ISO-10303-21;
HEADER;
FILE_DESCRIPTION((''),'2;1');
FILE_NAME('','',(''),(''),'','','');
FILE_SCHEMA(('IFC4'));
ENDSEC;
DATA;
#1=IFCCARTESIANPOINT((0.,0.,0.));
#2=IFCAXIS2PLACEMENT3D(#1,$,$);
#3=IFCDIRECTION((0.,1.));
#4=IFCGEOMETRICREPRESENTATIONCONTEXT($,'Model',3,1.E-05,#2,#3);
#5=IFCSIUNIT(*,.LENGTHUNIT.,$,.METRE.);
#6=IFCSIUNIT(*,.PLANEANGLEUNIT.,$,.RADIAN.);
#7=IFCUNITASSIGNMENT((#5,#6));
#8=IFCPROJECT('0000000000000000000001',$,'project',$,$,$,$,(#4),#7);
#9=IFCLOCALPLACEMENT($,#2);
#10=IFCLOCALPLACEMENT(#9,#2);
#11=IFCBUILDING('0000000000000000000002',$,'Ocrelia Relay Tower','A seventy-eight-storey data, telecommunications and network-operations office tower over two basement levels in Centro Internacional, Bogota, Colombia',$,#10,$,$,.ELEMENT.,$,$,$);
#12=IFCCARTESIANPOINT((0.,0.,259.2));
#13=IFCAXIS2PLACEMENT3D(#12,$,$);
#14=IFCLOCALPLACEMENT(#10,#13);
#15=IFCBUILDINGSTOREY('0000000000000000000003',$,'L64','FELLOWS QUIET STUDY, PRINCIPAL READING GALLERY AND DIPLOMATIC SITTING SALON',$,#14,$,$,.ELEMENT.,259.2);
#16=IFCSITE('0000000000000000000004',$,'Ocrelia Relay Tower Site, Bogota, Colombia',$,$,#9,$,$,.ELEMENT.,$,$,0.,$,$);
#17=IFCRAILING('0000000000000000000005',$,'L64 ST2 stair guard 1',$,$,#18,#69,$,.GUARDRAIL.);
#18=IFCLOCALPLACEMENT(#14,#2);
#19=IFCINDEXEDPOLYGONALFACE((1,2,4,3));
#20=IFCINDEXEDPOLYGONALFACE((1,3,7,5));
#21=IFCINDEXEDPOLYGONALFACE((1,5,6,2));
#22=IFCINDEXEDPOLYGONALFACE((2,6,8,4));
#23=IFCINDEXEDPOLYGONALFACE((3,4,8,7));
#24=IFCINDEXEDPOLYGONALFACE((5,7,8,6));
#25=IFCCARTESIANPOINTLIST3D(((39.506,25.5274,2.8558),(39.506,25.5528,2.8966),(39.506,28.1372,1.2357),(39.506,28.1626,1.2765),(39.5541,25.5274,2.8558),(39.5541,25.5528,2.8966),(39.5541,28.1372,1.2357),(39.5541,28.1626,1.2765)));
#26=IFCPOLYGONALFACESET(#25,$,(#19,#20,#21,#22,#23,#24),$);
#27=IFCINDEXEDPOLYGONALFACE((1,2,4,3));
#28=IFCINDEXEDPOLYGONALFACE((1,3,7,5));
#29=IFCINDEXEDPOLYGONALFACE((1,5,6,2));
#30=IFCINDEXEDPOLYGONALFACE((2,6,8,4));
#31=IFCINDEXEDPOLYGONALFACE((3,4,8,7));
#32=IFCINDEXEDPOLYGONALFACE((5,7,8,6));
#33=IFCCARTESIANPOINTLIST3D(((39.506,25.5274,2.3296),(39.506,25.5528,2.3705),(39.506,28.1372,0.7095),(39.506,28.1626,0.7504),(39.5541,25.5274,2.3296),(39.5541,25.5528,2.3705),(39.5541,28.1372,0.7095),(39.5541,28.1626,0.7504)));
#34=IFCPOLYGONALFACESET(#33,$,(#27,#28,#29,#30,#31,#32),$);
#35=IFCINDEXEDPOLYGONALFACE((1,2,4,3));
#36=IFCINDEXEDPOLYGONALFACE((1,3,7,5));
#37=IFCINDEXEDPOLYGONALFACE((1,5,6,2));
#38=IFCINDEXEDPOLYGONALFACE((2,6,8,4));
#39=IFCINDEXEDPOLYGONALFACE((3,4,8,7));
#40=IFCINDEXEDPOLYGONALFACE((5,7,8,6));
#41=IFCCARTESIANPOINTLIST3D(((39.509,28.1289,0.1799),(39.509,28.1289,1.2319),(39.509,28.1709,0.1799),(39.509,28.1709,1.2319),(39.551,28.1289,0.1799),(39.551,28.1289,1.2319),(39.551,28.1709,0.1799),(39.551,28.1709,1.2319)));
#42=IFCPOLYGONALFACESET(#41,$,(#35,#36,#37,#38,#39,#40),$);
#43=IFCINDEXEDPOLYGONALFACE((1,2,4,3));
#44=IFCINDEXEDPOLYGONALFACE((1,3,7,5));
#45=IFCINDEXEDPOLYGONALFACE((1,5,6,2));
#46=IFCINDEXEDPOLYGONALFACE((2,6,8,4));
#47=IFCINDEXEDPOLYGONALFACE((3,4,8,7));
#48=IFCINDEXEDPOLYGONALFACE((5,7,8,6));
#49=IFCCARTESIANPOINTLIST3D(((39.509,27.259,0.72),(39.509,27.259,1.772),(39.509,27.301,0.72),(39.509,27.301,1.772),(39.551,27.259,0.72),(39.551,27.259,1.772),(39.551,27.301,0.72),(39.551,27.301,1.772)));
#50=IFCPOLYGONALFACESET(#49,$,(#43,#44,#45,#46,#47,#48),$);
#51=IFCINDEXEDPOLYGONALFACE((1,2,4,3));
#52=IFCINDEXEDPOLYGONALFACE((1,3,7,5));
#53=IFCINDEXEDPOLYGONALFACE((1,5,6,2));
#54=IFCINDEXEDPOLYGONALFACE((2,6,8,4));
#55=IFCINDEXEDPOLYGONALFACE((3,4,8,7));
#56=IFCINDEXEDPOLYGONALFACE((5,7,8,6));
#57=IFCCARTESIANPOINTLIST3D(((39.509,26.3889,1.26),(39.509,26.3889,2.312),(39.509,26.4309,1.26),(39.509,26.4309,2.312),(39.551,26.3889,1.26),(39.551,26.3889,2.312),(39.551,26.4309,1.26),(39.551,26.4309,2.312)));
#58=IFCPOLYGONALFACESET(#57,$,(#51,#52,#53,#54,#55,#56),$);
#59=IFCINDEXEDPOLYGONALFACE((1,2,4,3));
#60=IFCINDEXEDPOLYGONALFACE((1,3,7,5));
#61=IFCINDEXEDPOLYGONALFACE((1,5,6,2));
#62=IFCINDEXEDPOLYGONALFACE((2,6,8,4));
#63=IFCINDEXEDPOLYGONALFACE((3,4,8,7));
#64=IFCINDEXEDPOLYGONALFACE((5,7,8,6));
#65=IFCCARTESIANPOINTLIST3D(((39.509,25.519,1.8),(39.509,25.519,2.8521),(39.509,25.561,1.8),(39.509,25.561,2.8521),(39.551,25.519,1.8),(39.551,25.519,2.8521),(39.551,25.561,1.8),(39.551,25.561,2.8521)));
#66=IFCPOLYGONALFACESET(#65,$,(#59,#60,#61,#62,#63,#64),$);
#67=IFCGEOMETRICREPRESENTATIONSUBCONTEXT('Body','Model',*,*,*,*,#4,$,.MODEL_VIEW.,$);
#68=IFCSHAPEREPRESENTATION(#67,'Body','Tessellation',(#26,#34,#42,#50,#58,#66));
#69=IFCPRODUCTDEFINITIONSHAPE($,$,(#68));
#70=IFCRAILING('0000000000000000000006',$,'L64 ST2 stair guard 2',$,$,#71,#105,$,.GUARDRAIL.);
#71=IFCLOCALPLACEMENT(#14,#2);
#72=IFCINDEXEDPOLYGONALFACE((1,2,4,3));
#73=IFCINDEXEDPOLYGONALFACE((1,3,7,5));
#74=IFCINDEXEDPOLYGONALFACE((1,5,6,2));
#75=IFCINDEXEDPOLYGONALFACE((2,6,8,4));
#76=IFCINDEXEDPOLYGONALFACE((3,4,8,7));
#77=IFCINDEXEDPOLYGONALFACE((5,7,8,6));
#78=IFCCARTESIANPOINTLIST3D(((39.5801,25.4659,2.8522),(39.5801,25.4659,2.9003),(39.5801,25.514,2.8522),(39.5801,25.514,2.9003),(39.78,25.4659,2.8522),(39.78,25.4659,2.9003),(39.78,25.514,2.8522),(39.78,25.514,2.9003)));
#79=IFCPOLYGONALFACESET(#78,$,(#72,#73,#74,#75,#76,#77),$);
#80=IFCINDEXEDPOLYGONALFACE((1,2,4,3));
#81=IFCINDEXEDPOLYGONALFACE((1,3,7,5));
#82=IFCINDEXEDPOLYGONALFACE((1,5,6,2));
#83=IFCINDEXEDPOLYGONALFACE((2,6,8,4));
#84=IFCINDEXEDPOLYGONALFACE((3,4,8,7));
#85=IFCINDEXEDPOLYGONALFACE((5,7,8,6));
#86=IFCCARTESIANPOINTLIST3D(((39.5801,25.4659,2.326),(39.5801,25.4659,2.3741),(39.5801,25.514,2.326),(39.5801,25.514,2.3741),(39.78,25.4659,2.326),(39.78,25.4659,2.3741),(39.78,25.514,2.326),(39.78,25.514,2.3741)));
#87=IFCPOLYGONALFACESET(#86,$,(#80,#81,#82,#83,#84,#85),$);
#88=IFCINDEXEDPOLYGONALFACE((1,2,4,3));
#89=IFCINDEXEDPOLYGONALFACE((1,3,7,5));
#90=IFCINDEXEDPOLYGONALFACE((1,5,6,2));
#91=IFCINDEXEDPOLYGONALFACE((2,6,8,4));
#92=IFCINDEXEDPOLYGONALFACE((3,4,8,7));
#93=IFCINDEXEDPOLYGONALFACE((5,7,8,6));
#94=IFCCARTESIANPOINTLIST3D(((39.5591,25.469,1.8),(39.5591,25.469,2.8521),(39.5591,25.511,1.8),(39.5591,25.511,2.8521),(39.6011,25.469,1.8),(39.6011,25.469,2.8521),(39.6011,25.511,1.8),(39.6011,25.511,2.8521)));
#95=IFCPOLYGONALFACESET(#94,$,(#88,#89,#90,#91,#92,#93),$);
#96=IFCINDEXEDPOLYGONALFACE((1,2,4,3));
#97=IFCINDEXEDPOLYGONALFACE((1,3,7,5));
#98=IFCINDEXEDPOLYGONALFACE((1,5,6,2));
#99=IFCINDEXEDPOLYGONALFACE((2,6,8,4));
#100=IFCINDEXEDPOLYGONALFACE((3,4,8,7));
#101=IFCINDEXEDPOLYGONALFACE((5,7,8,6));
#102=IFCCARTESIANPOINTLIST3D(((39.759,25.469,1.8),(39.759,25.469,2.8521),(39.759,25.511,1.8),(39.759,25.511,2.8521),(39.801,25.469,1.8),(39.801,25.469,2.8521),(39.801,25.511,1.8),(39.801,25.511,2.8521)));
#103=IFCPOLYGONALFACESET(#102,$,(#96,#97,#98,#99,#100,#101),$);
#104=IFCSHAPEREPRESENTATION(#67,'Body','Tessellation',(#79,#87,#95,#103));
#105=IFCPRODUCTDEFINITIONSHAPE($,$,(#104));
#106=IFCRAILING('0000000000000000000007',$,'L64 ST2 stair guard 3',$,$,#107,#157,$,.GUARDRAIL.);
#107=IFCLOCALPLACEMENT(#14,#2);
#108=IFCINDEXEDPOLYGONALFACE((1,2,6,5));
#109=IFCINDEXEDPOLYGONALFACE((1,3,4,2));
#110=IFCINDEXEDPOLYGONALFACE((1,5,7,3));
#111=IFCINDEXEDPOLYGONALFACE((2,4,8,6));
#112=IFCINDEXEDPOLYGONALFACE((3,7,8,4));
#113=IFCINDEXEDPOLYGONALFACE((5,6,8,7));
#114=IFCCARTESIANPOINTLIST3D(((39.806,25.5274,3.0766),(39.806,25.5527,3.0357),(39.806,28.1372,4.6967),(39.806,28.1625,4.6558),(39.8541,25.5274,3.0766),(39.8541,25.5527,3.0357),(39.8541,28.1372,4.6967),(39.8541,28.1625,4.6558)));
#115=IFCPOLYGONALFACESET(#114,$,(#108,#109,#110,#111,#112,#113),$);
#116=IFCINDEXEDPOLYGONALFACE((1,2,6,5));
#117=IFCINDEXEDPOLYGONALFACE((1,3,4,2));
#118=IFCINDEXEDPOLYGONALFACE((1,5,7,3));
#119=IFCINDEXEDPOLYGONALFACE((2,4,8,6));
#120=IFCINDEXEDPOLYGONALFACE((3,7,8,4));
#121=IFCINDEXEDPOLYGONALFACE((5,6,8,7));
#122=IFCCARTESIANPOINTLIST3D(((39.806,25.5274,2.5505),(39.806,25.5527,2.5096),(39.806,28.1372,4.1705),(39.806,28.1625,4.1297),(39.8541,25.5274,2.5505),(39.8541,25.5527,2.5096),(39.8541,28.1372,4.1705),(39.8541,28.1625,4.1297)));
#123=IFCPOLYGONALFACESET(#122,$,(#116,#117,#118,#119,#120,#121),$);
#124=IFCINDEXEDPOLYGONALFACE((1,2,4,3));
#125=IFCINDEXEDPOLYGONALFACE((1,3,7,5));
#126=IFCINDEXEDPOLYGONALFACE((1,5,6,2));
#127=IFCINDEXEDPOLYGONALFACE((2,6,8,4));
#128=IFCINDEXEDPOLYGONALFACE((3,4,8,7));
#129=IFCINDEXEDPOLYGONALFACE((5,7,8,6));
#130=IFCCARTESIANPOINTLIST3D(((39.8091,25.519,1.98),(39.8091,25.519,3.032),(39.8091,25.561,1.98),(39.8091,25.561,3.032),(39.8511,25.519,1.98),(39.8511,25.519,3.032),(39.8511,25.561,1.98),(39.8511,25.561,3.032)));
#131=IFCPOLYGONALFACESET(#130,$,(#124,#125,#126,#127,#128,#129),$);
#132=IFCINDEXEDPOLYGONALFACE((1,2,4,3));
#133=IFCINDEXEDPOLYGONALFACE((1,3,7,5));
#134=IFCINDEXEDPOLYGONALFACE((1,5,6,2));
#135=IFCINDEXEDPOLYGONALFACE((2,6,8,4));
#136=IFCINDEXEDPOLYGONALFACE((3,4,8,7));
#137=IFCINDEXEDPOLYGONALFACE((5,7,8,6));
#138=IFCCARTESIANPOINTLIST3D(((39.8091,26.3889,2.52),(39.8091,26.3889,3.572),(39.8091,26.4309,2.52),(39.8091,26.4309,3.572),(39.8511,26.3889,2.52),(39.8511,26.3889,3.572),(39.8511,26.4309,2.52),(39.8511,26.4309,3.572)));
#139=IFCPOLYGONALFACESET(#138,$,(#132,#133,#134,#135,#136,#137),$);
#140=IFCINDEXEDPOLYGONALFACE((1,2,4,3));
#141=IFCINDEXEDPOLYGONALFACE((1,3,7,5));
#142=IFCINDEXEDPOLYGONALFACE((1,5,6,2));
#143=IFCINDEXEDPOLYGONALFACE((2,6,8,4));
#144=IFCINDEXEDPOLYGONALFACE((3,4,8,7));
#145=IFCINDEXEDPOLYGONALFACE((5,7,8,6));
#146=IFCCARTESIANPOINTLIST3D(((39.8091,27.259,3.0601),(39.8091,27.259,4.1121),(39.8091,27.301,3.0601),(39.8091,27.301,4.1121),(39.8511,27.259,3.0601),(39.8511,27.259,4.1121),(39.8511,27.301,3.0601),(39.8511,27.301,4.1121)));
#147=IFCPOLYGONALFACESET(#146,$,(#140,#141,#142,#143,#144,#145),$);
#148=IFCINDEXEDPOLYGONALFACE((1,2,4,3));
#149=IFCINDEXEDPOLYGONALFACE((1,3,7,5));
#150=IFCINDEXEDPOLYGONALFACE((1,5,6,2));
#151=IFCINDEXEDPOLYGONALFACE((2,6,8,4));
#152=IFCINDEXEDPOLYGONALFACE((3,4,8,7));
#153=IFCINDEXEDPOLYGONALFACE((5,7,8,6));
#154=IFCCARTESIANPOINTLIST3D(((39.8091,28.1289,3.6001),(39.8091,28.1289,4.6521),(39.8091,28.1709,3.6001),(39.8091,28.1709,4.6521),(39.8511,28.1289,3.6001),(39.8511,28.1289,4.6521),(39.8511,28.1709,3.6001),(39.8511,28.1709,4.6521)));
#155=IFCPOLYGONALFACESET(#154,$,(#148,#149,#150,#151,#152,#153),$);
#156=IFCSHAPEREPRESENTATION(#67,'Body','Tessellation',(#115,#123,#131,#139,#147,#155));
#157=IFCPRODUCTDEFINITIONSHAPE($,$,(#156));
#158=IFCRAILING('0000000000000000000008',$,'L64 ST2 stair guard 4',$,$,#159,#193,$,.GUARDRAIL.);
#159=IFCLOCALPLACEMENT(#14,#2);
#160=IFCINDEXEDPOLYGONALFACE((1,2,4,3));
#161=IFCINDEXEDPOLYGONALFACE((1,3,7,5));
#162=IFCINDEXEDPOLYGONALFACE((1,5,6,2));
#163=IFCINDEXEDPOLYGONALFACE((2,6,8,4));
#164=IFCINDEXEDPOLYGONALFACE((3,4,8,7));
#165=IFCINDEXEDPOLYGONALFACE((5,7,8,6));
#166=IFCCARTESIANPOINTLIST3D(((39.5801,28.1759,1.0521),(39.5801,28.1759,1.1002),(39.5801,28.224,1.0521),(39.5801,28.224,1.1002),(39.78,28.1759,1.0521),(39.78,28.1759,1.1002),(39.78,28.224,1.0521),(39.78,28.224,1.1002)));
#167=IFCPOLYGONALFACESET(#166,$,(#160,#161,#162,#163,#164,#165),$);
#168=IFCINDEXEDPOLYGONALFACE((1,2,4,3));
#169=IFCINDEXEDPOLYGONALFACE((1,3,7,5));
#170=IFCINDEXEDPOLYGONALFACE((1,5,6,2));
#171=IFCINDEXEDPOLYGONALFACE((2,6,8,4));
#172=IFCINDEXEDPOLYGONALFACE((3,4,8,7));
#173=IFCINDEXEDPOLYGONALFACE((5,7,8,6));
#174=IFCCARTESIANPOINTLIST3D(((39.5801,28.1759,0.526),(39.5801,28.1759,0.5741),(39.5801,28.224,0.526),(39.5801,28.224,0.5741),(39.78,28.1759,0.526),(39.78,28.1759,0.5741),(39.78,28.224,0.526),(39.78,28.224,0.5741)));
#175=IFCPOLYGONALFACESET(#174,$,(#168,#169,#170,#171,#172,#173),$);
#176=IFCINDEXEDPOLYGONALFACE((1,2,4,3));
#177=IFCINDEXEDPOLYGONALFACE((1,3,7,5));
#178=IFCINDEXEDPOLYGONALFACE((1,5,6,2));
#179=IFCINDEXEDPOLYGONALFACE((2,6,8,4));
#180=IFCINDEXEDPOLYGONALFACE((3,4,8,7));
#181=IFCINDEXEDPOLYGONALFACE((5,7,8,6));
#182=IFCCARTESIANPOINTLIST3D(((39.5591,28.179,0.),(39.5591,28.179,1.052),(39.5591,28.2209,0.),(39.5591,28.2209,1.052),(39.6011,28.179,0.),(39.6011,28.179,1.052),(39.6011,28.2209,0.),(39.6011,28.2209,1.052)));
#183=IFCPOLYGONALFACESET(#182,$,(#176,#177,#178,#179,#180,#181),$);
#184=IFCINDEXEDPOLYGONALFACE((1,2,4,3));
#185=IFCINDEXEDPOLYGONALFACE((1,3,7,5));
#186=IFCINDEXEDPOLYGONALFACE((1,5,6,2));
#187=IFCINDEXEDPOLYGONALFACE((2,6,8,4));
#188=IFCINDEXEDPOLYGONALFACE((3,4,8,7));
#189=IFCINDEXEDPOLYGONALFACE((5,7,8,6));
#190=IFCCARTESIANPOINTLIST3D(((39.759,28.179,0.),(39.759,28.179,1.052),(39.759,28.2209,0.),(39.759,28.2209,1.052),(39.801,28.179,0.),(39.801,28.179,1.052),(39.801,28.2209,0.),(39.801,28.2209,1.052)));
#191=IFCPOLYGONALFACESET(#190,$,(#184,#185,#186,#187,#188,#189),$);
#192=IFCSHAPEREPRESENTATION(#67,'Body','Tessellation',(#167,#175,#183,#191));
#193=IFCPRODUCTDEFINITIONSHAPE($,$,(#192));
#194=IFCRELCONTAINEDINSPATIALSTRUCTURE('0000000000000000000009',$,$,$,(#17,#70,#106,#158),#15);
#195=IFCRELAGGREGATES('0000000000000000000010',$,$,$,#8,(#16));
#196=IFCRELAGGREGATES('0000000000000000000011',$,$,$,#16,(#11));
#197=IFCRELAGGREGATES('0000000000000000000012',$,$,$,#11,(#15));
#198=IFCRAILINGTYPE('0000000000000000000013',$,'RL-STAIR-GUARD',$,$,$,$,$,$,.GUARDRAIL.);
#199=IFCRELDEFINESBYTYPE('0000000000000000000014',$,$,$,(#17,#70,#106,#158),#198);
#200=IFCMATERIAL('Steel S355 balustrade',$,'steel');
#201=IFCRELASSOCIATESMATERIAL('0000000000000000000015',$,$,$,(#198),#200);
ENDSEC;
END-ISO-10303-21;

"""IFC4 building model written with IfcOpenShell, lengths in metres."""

from ifc_helpers import new_model, si_unit, direction, frame, origin, origin_2d, place, context, subcontext, project, spatial, rectangle, extrude, material, type_object, element, save


model = new_model("IFC4")

# Units and contexts
model_context = context("Model", 3, precision=1e-05, world=origin(), true_north=direction((0.0, 1.0)))
body_context = subcontext(model_context, "Body", "Model", "MODEL_VIEW")
ifc_project = project(units=[si_unit("LENGTHUNIT", "METRE"), si_unit("PLANEANGLEUNIT", "RADIAN")], contexts=[model_context])

# Site, building, storey
site_placement = place(None, origin())
site = spatial("IfcSite", under=ifc_project, at=site_placement, Name="Ocrelia Relay Tower Site, Bogota, Colombia", CompositionType="ELEMENT", RefElevation=0.0)
building_placement = place(site_placement, origin())
building = spatial("IfcBuilding", under=site, at=building_placement, Name="Ocrelia Relay Tower", Description="A seventy-eight-storey data, telecommunications and network-operations office tower over two basement levels in Centro Internacional, Bogota, Colombia", CompositionType="ELEMENT")
storey_placement = place(building_placement, frame((0.0, 0.0, 259.2)))
storey = spatial("IfcBuildingStorey", under=building, at=storey_placement, Name="L64", Description="FELLOWS QUIET STUDY, PRINCIPAL READING GALLERY AND DIPLOMATIC SITTING SALON", CompositionType="ELEMENT", Elevation=259.2)

# Railings
ifc_material_1 = material(Name="Steel S355 balustrade", Category="steel")
railing_type_1 = type_object("IfcRailingType", Name="RL-STAIR-GUARD", PredefinedType="GUARDRAIL", material=ifc_material_1)
railing_1_placement = place(storey_placement, frame((39.53, 28.1499, 0.1799)))
element("IfcRailing", 1, at=railing_1_placement, inside=storey, type_object=railing_type_1, Name="L64 ST2 stair guard 1", PredefinedType="GUARDRAIL", context=body_context, shape_type="SweptSolid", body=[
    extrude(rectangle(XDim=0.0481, YDim=0.0481, at=origin_2d()), frame((0.0, 0.0, 1.0762), z_axis=(0.0, -0.849611, 0.52741), x_axis=(1.0, 0.0, 0.0)), (0.0, 0.0, 1.0), 3.0718),
    extrude(rectangle(XDim=0.0481, YDim=0.0481, at=origin_2d()), frame((0.0, 0.0, 0.55), z_axis=(0.0, -0.849611, 0.52741), x_axis=(1.0, 0.0, 0.0)), (0.0, 0.0, 1.0), 3.0718),
    extrude(rectangle(XDim=0.042, YDim=0.042, at=origin_2d()), origin(), (0.0, 0.0, 1.0), 1.052),
    extrude(rectangle(XDim=0.042, YDim=0.042, at=origin_2d()), frame((0.0, -0.8699, 0.54)), (0.0, 0.0, 1.0), 1.052),
    extrude(rectangle(XDim=0.042, YDim=0.042, at=origin_2d()), frame((0.0, -1.74, 1.0801)), (0.0, 0.0, 1.0), 1.052),
    extrude(rectangle(XDim=0.042, YDim=0.042, at=origin_2d()), frame((0.0, -2.6099, 1.6201)), (0.0, 0.0, 1.0), 1.052),
])
railing_2_placement = place(storey_placement, frame((39.5801, 25.49, 1.8)))
element("IfcRailing", 2, at=railing_2_placement, inside=storey, type_object=railing_type_1, Name="L64 ST2 stair guard 2", PredefinedType="GUARDRAIL", context=body_context, shape_type="SweptSolid", body=[
    extrude(rectangle(XDim=0.0481, YDim=0.0481, at=origin_2d()), frame((0.0, 0.0, 1.0762), z_axis=(1.0, 0.0, 0.0), x_axis=(0.0, 1.0, 0.0)), (0.0, 0.0, 1.0), 0.2),
    extrude(rectangle(XDim=0.0481, YDim=0.0481, at=origin_2d()), frame((0.0, 0.0, 0.55), z_axis=(1.0, 0.0, 0.0), x_axis=(0.0, 1.0, 0.0)), (0.0, 0.0, 1.0), 0.2),
    extrude(rectangle(XDim=0.042, YDim=0.042, at=origin_2d()), origin(), (0.0, 0.0, 1.0), 1.052),
    extrude(rectangle(XDim=0.042, YDim=0.042, at=origin_2d()), frame((0.2, 0.0, 0.0)), (0.0, 0.0, 1.0), 1.052),
])
railing_3_placement = place(storey_placement, frame((39.8301, 25.54, 1.98)))
element("IfcRailing", 3, at=railing_3_placement, inside=storey, type_object=railing_type_1, Name="L64 ST2 stair guard 3", PredefinedType="GUARDRAIL", context=body_context, shape_type="SweptSolid", body=[
    extrude(rectangle(XDim=0.0481, YDim=0.0481, at=origin_2d()), frame((0.0, 0.0, 1.0762), z_axis=(0.0, 0.849611, 0.52741), x_axis=(-1.0, 0.0, 0.0)), (0.0, 0.0, 1.0), 3.0718),
    extrude(rectangle(XDim=0.0481, YDim=0.0481, at=origin_2d()), frame((0.0, 0.0, 0.55), z_axis=(0.0, 0.849611, 0.52741), x_axis=(-1.0, 0.0, 0.0)), (0.0, 0.0, 1.0), 3.0718),
    extrude(rectangle(XDim=0.042, YDim=0.042, at=origin_2d()), origin(), (0.0, 0.0, 1.0), 1.052),
    extrude(rectangle(XDim=0.042, YDim=0.042, at=origin_2d()), frame((0.0, 0.8699, 0.54)), (0.0, 0.0, 1.0), 1.052),
    extrude(rectangle(XDim=0.042, YDim=0.042, at=origin_2d()), frame((0.0, 1.74, 1.0801)), (0.0, 0.0, 1.0), 1.052),
    extrude(rectangle(XDim=0.042, YDim=0.042, at=origin_2d()), frame((0.0, 2.6099, 1.6201)), (0.0, 0.0, 1.0), 1.052),
])
railing_4_placement = place(storey_placement, frame((39.5801, 28.2, 0.0)))
element("IfcRailing", 4, at=railing_4_placement, inside=storey, type_object=railing_type_1, Name="L64 ST2 stair guard 4", PredefinedType="GUARDRAIL", context=body_context, shape_type="SweptSolid", body=[
    extrude(rectangle(XDim=0.0481, YDim=0.0481, at=origin_2d()), frame((0.0, 0.0, 1.0762), z_axis=(1.0, 0.0, 0.0), x_axis=(0.0, 1.0, 0.0)), (0.0, 0.0, 1.0), 0.2),
    extrude(rectangle(XDim=0.0481, YDim=0.0481, at=origin_2d()), frame((0.0, 0.0, 0.55), z_axis=(1.0, 0.0, 0.0), x_axis=(0.0, 1.0, 0.0)), (0.0, 0.0, 1.0), 0.2),
    extrude(rectangle(XDim=0.042, YDim=0.042, at=origin_2d()), origin(), (0.0, 0.0, 1.0), 1.052),
    extrude(rectangle(XDim=0.042, YDim=0.042, at=origin_2d()), frame((0.2, 0.0, 0.0)), (0.0, 0.0, 1.0), 1.052),
])

save(model, "model.ifc")
